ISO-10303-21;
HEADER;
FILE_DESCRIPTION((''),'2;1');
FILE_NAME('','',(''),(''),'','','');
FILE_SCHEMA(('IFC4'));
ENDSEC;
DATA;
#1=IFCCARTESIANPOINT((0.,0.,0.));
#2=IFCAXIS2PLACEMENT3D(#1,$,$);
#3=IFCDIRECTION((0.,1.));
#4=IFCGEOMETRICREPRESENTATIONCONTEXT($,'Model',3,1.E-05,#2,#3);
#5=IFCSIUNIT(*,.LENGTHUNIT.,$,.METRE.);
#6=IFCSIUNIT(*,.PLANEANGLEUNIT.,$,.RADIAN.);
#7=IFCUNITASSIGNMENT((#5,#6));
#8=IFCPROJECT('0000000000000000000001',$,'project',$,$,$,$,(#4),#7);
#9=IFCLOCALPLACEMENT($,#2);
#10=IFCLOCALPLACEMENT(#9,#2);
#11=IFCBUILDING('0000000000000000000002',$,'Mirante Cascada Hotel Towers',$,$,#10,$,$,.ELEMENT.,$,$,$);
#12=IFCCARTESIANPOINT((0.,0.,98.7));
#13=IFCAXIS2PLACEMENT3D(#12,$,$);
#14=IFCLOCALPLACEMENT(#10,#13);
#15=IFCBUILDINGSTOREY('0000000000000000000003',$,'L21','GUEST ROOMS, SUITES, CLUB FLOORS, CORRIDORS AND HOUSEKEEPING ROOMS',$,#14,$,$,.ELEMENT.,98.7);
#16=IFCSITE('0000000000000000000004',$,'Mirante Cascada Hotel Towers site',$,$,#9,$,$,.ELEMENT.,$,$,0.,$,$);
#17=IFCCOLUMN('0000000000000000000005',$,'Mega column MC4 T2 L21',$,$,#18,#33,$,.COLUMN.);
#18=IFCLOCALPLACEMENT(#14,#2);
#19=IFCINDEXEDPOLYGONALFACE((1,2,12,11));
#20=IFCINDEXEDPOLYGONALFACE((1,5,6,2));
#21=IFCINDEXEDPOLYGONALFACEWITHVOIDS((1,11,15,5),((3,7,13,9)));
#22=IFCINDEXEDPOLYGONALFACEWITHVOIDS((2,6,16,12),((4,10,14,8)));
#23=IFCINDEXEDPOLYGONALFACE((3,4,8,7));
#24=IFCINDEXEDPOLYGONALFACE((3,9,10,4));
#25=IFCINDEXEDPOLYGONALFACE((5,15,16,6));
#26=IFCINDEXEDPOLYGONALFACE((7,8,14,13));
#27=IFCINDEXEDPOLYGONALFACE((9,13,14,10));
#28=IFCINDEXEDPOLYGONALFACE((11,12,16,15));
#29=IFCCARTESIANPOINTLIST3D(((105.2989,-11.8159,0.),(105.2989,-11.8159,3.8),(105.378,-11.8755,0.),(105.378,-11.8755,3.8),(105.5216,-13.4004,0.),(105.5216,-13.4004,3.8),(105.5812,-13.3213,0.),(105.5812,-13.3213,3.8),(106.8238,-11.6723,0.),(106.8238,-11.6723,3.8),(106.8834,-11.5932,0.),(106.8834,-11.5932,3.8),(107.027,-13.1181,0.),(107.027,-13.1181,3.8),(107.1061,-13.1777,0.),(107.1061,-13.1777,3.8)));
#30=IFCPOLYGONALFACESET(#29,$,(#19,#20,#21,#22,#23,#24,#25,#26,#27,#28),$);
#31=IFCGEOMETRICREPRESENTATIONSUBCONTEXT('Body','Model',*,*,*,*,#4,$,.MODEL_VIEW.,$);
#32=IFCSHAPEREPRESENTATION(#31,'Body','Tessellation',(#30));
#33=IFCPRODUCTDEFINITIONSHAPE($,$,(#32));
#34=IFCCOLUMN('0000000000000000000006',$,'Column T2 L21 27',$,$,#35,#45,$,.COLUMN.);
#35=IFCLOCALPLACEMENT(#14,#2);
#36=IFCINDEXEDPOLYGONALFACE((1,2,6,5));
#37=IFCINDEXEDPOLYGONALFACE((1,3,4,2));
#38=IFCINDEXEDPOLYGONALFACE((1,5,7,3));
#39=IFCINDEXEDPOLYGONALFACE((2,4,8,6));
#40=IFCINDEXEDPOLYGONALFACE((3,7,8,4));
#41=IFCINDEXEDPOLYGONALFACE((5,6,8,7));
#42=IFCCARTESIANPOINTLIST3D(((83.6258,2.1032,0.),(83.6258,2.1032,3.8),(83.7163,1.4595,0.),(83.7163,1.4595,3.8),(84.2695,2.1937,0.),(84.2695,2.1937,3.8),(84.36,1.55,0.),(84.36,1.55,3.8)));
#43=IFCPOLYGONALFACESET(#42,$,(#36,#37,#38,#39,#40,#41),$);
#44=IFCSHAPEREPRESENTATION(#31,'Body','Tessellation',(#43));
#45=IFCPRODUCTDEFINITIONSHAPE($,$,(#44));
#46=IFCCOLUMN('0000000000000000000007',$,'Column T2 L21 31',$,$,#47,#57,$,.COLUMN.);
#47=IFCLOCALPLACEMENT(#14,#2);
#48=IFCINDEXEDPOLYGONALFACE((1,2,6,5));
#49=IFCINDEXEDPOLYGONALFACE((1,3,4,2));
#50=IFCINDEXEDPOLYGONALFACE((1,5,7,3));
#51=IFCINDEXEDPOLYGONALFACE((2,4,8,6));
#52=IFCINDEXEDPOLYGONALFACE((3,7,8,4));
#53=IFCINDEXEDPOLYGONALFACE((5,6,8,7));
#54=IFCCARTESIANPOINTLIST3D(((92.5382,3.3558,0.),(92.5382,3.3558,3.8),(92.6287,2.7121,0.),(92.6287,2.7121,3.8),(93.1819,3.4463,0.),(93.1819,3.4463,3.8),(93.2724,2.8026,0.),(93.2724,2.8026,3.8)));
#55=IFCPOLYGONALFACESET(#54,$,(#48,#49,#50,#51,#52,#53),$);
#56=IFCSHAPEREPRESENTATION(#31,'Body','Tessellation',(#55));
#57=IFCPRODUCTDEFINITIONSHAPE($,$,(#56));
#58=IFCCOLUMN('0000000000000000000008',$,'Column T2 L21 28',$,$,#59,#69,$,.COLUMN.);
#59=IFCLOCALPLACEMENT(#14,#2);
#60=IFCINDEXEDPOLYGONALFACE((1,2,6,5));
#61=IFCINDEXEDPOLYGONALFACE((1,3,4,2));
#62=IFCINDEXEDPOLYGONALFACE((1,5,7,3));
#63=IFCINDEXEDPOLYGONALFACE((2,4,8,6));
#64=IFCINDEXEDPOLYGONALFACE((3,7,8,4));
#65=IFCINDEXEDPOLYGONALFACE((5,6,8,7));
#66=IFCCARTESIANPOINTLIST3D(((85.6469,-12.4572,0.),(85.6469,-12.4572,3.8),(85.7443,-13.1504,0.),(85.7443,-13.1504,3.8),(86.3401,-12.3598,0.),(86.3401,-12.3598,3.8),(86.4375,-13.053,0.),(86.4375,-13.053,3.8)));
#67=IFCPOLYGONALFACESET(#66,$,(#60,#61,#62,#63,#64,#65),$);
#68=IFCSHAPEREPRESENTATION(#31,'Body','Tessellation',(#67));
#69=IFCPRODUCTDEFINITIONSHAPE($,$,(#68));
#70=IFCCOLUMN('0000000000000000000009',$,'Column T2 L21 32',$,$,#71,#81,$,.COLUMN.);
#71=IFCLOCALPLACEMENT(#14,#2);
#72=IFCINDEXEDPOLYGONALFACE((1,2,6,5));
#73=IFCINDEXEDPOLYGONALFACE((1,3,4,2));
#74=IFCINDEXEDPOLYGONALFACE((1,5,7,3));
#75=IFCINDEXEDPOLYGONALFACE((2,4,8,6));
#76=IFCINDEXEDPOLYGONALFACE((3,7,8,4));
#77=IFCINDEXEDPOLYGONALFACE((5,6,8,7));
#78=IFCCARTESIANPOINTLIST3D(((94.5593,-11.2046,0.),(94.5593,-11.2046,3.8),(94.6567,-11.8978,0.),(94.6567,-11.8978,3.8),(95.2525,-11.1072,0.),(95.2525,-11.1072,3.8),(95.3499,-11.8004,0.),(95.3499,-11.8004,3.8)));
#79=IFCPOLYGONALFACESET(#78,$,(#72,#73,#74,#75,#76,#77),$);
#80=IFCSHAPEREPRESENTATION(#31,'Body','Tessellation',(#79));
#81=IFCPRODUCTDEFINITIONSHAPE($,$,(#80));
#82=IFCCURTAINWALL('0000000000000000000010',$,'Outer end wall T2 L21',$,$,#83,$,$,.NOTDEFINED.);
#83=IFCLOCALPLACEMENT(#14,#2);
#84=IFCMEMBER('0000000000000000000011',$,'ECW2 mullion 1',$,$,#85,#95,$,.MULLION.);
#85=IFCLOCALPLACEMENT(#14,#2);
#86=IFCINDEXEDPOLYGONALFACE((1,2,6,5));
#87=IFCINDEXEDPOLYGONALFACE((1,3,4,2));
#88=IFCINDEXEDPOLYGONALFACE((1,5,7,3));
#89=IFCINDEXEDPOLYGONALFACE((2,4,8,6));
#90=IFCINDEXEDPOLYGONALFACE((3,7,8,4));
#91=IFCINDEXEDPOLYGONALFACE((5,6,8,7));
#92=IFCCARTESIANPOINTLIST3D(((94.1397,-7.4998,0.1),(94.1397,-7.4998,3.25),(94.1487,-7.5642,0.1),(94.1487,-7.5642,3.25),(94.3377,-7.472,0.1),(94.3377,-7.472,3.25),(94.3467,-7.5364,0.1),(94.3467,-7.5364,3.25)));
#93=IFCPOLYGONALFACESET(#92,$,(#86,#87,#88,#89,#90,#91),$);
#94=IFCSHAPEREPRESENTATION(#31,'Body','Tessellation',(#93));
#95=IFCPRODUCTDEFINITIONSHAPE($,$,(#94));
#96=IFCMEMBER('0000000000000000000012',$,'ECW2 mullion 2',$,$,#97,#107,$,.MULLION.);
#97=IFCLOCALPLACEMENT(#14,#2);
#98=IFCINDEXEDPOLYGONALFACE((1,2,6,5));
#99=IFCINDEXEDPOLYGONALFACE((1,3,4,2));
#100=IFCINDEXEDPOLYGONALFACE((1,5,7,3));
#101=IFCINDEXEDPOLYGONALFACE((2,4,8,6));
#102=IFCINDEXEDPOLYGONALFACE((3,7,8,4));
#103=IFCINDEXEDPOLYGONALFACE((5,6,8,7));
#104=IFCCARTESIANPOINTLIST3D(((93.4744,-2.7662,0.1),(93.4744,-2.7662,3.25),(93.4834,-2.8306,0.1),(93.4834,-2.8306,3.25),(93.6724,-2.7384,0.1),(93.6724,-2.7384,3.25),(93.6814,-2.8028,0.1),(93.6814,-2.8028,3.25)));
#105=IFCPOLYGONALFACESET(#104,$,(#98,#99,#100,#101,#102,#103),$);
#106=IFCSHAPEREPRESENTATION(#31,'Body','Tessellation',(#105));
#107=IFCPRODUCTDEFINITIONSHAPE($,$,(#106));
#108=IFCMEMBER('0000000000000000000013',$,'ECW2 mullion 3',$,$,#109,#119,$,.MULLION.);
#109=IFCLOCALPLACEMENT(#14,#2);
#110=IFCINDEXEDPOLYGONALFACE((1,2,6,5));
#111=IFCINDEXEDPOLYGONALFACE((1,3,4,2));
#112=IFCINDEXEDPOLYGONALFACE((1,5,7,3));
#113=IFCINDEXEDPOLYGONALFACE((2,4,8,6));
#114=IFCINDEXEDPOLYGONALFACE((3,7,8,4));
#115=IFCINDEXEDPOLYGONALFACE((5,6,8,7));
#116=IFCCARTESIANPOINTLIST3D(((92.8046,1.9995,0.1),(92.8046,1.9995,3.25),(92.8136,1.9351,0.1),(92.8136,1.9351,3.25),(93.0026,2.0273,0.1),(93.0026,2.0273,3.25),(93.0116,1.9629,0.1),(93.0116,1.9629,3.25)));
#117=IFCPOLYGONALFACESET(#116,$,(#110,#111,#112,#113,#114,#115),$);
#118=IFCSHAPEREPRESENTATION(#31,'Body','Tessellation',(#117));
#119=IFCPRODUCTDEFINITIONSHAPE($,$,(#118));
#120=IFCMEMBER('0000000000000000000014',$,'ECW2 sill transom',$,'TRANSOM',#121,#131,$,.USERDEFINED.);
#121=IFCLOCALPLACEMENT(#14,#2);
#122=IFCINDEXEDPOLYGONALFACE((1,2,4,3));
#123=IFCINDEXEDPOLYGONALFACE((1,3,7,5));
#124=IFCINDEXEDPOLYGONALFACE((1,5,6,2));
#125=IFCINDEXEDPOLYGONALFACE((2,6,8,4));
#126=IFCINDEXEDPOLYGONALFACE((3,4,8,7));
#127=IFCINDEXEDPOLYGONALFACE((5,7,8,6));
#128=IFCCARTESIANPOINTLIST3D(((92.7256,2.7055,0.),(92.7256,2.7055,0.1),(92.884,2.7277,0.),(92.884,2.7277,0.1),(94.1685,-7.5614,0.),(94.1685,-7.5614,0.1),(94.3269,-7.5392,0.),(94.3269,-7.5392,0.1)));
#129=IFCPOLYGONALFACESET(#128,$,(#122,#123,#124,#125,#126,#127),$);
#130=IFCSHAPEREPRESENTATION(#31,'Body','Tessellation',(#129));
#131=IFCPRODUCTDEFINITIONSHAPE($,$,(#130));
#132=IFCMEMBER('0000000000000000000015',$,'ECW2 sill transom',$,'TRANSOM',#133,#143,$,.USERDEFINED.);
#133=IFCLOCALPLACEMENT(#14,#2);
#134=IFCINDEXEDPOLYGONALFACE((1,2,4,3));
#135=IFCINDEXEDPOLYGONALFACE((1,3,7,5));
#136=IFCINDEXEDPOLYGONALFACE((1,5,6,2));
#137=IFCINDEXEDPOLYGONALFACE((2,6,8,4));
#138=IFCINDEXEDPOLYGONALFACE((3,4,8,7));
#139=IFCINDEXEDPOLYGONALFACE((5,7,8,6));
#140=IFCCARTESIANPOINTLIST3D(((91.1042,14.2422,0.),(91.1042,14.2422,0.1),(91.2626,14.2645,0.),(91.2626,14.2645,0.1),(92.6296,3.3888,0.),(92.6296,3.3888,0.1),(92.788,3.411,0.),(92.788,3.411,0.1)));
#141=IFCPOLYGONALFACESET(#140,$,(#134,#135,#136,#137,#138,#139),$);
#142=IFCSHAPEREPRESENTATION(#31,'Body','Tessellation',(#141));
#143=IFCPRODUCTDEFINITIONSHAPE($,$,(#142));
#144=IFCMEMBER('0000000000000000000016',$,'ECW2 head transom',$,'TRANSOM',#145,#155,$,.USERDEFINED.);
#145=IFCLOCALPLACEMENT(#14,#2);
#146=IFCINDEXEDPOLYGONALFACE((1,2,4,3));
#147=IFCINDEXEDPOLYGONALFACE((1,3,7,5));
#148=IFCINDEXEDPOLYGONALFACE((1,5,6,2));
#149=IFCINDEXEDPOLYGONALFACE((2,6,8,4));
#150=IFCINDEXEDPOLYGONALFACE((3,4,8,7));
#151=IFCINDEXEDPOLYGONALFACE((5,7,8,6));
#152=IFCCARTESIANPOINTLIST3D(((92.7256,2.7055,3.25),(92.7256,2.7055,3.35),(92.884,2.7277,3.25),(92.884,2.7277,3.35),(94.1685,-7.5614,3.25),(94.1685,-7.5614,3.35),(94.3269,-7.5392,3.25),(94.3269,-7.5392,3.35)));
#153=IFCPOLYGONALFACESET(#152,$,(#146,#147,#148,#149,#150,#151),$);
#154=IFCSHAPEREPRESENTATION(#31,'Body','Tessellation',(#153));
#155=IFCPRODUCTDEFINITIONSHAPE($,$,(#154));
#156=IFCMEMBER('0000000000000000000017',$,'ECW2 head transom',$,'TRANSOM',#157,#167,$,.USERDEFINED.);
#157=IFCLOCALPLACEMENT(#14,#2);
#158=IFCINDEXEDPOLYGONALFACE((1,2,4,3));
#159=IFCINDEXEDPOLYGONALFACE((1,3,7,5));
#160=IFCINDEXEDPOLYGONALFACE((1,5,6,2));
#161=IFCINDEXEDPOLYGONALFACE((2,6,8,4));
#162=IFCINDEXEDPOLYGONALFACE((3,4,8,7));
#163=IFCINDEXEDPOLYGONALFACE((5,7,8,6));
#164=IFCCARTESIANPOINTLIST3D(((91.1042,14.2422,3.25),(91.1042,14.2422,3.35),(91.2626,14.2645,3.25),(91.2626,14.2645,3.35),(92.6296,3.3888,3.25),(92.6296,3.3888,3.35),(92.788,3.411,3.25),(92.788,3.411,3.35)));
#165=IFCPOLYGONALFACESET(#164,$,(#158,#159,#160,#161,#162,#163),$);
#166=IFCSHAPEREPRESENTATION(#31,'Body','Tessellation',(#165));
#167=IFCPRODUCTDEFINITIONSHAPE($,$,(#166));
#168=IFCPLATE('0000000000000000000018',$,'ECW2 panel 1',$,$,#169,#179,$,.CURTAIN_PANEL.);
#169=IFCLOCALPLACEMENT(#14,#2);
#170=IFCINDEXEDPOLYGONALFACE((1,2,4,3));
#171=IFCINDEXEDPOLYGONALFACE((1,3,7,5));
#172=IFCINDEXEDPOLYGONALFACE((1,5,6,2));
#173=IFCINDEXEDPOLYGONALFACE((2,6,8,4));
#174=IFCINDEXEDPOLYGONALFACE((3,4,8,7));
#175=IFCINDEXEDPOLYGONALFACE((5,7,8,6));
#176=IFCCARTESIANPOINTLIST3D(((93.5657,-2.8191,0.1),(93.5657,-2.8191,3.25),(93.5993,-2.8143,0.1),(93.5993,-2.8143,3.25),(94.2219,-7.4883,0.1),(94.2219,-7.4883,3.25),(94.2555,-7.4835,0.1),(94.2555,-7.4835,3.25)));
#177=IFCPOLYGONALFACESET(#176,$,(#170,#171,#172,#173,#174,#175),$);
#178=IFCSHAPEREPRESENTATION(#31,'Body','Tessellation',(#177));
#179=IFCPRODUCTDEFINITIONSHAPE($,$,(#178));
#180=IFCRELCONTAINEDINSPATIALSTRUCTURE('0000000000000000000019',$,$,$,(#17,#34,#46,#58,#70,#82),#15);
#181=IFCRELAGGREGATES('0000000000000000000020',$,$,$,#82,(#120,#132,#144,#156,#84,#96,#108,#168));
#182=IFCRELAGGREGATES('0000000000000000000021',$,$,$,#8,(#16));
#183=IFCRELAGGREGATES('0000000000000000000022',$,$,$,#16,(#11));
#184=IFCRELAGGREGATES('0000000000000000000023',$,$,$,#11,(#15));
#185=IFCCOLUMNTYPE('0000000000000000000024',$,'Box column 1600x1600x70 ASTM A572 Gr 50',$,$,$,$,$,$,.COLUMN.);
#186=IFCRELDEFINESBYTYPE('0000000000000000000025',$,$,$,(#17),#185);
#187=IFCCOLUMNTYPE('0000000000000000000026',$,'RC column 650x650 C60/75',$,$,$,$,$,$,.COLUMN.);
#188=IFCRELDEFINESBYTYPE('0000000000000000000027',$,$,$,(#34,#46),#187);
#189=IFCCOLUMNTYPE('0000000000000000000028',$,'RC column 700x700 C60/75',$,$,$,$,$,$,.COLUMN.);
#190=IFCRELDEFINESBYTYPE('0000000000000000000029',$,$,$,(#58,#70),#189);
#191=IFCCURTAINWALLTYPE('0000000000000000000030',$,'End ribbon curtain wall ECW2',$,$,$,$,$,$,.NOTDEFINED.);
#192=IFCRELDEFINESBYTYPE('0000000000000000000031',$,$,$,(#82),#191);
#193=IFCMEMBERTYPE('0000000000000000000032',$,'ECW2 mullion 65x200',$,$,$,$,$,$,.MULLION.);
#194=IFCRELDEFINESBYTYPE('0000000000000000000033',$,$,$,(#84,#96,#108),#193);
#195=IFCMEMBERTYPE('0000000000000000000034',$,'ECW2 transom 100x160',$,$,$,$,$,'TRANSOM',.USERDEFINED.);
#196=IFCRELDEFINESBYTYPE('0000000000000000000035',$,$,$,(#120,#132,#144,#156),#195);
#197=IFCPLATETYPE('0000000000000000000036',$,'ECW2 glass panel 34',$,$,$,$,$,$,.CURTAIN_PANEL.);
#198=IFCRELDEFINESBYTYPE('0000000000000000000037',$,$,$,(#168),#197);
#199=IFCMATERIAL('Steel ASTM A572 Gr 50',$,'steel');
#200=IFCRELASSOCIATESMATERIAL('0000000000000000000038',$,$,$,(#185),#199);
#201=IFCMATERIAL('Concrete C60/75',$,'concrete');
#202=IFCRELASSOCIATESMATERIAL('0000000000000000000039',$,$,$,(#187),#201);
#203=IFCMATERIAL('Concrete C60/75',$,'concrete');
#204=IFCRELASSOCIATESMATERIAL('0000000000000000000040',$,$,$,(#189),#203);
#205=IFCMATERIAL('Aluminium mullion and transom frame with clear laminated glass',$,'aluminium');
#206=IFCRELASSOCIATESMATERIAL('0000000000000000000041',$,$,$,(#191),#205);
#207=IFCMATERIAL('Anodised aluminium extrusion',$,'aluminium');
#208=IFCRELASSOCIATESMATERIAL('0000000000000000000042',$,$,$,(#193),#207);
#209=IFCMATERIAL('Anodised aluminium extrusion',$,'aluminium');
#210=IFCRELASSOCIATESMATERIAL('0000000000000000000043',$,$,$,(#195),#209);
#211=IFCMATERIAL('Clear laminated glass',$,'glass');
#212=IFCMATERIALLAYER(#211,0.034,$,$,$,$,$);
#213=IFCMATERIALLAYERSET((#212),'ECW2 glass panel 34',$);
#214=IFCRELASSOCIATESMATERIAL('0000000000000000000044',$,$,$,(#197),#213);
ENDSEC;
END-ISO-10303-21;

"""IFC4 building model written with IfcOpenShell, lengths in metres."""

from ifc_helpers import new_model, si_unit, direction, frame, origin, origin_2d, place, context, subcontext, project, spatial, rectangle, hollow_rectangle, extrude, material, layer, layer_set, material_profile, profile_set, type_object, element, aggregate, save


model = new_model("IFC4")

# Units and contexts
model_context = context("Model", 3, precision=1e-05, world=origin(), true_north=direction((0.0, 1.0)))
body_context = subcontext(model_context, "Body", "Model", "MODEL_VIEW")
ifc_project = project(units=[si_unit("LENGTHUNIT", "METRE"), si_unit("PLANEANGLEUNIT", "RADIAN")], contexts=[model_context])

# Site, building, storey
site_placement = place(None, origin())
site = spatial("IfcSite", under=ifc_project, at=site_placement, Name="Mirante Cascada Hotel Towers site", CompositionType="ELEMENT", RefElevation=0.0)
building_placement = place(site_placement, origin())
building = spatial("IfcBuilding", under=site, at=building_placement, Name="Mirante Cascada Hotel Towers", CompositionType="ELEMENT")
storey_placement = place(building_placement, frame((0.0, 0.0, 98.7)))
storey = spatial("IfcBuildingStorey", under=building, at=storey_placement, Name="L21", Description="GUEST ROOMS, SUITES, CLUB FLOORS, CORRIDORS AND HOUSEKEEPING ROOMS", CompositionType="ELEMENT", Elevation=98.7)

# Columns
ifc_material_1 = material(Name="Steel ASTM A572 Gr 50", Category="steel")
ifc_material_profile_1 = material_profile(ifc_material_1, hollow_rectangle(XDim=1.6, YDim=1.6, WallThickness=0.07, at=origin_2d()), Name="Box column 1600x1600x70 ASTM A572 Gr 50")
ifc_profile_set_1 = profile_set([ifc_material_profile_1], Name="Steel ASTM A572 Gr 50")
column_type_1 = type_object("IfcColumnType", Name="Box column 1600x1600x70 ASTM A572 Gr 50", PredefinedType="COLUMN", material=ifc_profile_set_1)
column_placement = place(storey_placement, frame((106.2025, -12.4968, 0.0), z_axis=(0.0, 0.0, 1.0), x_axis=(0.990268, 0.139173, 0.0)))
element("IfcColumn", 1, at=column_placement, inside=storey, type_object=column_type_1, Name="Mega column MC4 T2 L21", PredefinedType="COLUMN", context=body_context, shape_type="SweptSolid", body=[
    extrude(hollow_rectangle(XDim=1.6, YDim=1.6, WallThickness=0.07, at=origin_2d()), origin(), (0.0, 0.0, 1.0), 3.8),
])
ifc_material_2 = material(Name="Concrete C60/75", Category="concrete")
ifc_material_profile_2 = material_profile(ifc_material_2, rectangle(XDim=0.65, YDim=0.65, at=origin_2d()), Name="RC column 650x650 C60/75")
ifc_profile_set_2 = profile_set([ifc_material_profile_2], Name="Concrete C60/75")
column_type_2 = type_object("IfcColumnType", Name="RC column 650x650 C60/75", PredefinedType="COLUMN", material=ifc_profile_set_2)
for number, where, z_axis, x_axis, name in (
    (2, (83.9929, 1.8266, 0.0), (0.0, 0.0, 1.0), (0.990268, 0.139173, 0.0), "Column T2 L21 27"),
    (3, (92.9053, 3.0792, 0.0), (0.0, 0.0, 1.0), (0.990268, 0.139173, 0.0), "Column T2 L21 31"),
):
    element("IfcColumn", number, at=place(storey_placement, frame(where, z_axis=z_axis, x_axis=x_axis)), inside=storey, type_object=column_type_2, Name=name, PredefinedType="COLUMN", context=body_context, shape_type="SweptSolid", body=[
        extrude(rectangle(XDim=0.65, YDim=0.65, at=origin_2d()), origin(), (0.0, 0.0, 1.0), 3.8),
    ])
ifc_material_3 = material(Name="Concrete C60/75", Category="concrete")
ifc_material_profile_3 = material_profile(ifc_material_3, rectangle(XDim=0.7, YDim=0.7, at=origin_2d()), Name="RC column 700x700 C60/75")
ifc_profile_set_3 = profile_set([ifc_material_profile_3], Name="Concrete C60/75")
column_type_3 = type_object("IfcColumnType", Name="RC column 700x700 C60/75", PredefinedType="COLUMN", material=ifc_profile_set_3)
for number, where, z_axis, x_axis, name in (
    (4, (86.0422, -12.7551, 0.0), (0.0, 0.0, 1.0), (0.990268, 0.139173, 0.0), "Column T2 L21 28"),
    (5, (94.9546, -11.5025, 0.0), (0.0, 0.0, 1.0), (0.990268, 0.139173, 0.0), "Column T2 L21 32"),
):
    element("IfcColumn", number, at=place(storey_placement, frame(where, z_axis=z_axis, x_axis=x_axis)), inside=storey, type_object=column_type_3, Name=name, PredefinedType="COLUMN", context=body_context, shape_type="SweptSolid", body=[
        extrude(rectangle(XDim=0.7, YDim=0.7, at=origin_2d()), origin(), (0.0, 0.0, 1.0), 3.8),
    ])

# Curtain wall, members, plate
ifc_material_4 = material(Name="Aluminium mullion and transom frame with clear laminated glass", Category="aluminium")
curtain_wall_type = type_object("IfcCurtainWallType", Name="End ribbon curtain wall ECW2", PredefinedType="NOTDEFINED", material=ifc_material_4)
curtain_wall_placement = place(storey_placement, origin())
curtain_wall = element("IfcCurtainWall", 6, at=curtain_wall_placement, inside=storey, type_object=curtain_wall_type, Name="Outer end wall T2 L21", PredefinedType="NOTDEFINED")
ifc_material_5 = material(Name="Anodised aluminium extrusion", Category="aluminium")
ifc_material_profile_4 = material_profile(ifc_material_5, rectangle(XDim=0.2, YDim=0.065, at=origin_2d()), Name="ECW2 MULLION 65x200")
ifc_profile_set_4 = profile_set([ifc_material_profile_4], Name="Anodised aluminium extrusion")
member_type_1 = type_object("IfcMemberType", Name="ECW2 mullion 65x200", PredefinedType="MULLION", material=ifc_profile_set_4)
member_1_placement = place(storey_placement, frame((94.2432, -7.5181, 0.1), z_axis=(0.0, 0.0, 1.0), x_axis=(-0.990268, -0.139173, 0.0)))
member_1 = element("IfcMember", 7, at=member_1_placement, type_object=member_type_1, Name="ECW2 mullion 1", PredefinedType="MULLION", context=body_context, shape_type="SweptSolid", body=[
    extrude(rectangle(XDim=0.2, YDim=0.065, at=origin_2d()), origin(), (0.0, 0.0, 1.0), 3.15),
])
member_2_placement = place(storey_placement, frame((93.5779, -2.7845, 0.1), z_axis=(0.0, 0.0, 1.0), x_axis=(-0.990268, -0.139173, 0.0)))
member_2 = element("IfcMember", 8, at=member_2_placement, type_object=member_type_1, Name="ECW2 mullion 2", PredefinedType="MULLION", context=body_context, shape_type="SweptSolid", body=[
    extrude(rectangle(XDim=0.2, YDim=0.065, at=origin_2d()), origin(), (0.0, 0.0, 1.0), 3.15),
])
member_3_placement = place(storey_placement, frame((92.9081, 1.9812, 0.1), z_axis=(0.0, 0.0, 1.0), x_axis=(-0.990268, -0.139173, 0.0)))
member_3 = element("IfcMember", 9, at=member_3_placement, type_object=member_type_1, Name="ECW2 mullion 3", PredefinedType="MULLION", context=body_context, shape_type="SweptSolid", body=[
    extrude(rectangle(XDim=0.2, YDim=0.065, at=origin_2d()), origin(), (0.0, 0.0, 1.0), 3.15),
])
ifc_material_6 = material(Name="Anodised aluminium extrusion", Category="aluminium")
ifc_material_profile_5 = material_profile(ifc_material_6, rectangle(XDim=0.16, YDim=0.1, at=origin_2d()), Name="ECW2 TRANSOM 100x160")
ifc_profile_set_5 = profile_set([ifc_material_profile_5], Name="Anodised aluminium extrusion")
member_type_2 = type_object("IfcMemberType", Name="ECW2 transom 100x160", ElementType="TRANSOM", PredefinedType="USERDEFINED", material=ifc_profile_set_5)
member_4_placement = place(storey_placement, frame((94.2477, -7.5503, 0.05), z_axis=(-0.139171, 0.990268, 0.0), x_axis=(-0.990268, -0.139171, 0.0)))
member_4 = element("IfcMember", 10, at=member_4_placement, type_object=member_type_2, Name="ECW2 sill transom", ObjectType="TRANSOM", PredefinedType="USERDEFINED", context=body_context, shape_type="SweptSolid", body=[
    extrude(rectangle(XDim=0.16, YDim=0.1, at=origin_2d()), origin(), (0.0, 0.0, 1.0), 10.3678),
])
member_5_placement = place(storey_placement, frame((92.7088, 3.3999, 0.05), z_axis=(-0.139178, 0.990267, 0.0), x_axis=(-0.990267, -0.139178, 0.0)))
member_5 = element("IfcMember", 11, at=member_5_placement, type_object=member_type_2, Name="ECW2 sill transom", ObjectType="TRANSOM", PredefinedType="USERDEFINED", context=body_context, shape_type="SweptSolid", body=[
    extrude(rectangle(XDim=0.16, YDim=0.1, at=origin_2d()), origin(), (0.0, 0.0, 1.0), 10.9601),
])
member_6_placement = place(storey_placement, frame((94.2477, -7.5503, 3.3), z_axis=(-0.139171, 0.990268, 0.0), x_axis=(-0.990268, -0.139171, 0.0)))
member_6 = element("IfcMember", 12, at=member_6_placement, type_object=member_type_2, Name="ECW2 head transom", ObjectType="TRANSOM", PredefinedType="USERDEFINED", context=body_context, shape_type="SweptSolid", body=[
    extrude(rectangle(XDim=0.16, YDim=0.1, at=origin_2d()), origin(), (0.0, 0.0, 1.0), 10.3678),
])
member_7_placement = place(storey_placement, frame((92.7088, 3.3999, 3.3), z_axis=(-0.139178, 0.990267, 0.0), x_axis=(-0.990267, -0.139178, 0.0)))
member_7 = element("IfcMember", 13, at=member_7_placement, type_object=member_type_2, Name="ECW2 head transom", ObjectType="TRANSOM", PredefinedType="USERDEFINED", context=body_context, shape_type="SweptSolid", body=[
    extrude(rectangle(XDim=0.16, YDim=0.1, at=origin_2d()), origin(), (0.0, 0.0, 1.0), 10.9601),
])
ifc_material_7 = material(Name="Clear laminated glass", Category="glass")
ifc_layer_1 = layer(ifc_material_7, 0.034)
ifc_layer_set_1 = layer_set([ifc_layer_1], Name="ECW2 glass panel 34")
plate_type = type_object("IfcPlateType", Name="ECW2 glass panel 34", PredefinedType="CURTAIN_PANEL", material=ifc_layer_set_1)
plate_1_placement = place(storey_placement, frame((93.9106, -5.1513, 0.1), z_axis=(0.0, 0.0, 1.0), x_axis=(-0.139173, 0.990268, 0.0)))
plate_1 = element("IfcPlate", 14, at=plate_1_placement, type_object=plate_type, Name="ECW2 panel 1", PredefinedType="CURTAIN_PANEL", context=body_context, shape_type="SweptSolid", body=[
    extrude(rectangle(XDim=4.7151, YDim=0.034, at=origin_2d()), origin(), (0.0, 0.0, 1.0), 3.15),
])
aggregate(curtain_wall, [member_4, member_5, member_6, member_7, member_1, member_2, member_3, plate_1])

save(model, "model.ifc")
